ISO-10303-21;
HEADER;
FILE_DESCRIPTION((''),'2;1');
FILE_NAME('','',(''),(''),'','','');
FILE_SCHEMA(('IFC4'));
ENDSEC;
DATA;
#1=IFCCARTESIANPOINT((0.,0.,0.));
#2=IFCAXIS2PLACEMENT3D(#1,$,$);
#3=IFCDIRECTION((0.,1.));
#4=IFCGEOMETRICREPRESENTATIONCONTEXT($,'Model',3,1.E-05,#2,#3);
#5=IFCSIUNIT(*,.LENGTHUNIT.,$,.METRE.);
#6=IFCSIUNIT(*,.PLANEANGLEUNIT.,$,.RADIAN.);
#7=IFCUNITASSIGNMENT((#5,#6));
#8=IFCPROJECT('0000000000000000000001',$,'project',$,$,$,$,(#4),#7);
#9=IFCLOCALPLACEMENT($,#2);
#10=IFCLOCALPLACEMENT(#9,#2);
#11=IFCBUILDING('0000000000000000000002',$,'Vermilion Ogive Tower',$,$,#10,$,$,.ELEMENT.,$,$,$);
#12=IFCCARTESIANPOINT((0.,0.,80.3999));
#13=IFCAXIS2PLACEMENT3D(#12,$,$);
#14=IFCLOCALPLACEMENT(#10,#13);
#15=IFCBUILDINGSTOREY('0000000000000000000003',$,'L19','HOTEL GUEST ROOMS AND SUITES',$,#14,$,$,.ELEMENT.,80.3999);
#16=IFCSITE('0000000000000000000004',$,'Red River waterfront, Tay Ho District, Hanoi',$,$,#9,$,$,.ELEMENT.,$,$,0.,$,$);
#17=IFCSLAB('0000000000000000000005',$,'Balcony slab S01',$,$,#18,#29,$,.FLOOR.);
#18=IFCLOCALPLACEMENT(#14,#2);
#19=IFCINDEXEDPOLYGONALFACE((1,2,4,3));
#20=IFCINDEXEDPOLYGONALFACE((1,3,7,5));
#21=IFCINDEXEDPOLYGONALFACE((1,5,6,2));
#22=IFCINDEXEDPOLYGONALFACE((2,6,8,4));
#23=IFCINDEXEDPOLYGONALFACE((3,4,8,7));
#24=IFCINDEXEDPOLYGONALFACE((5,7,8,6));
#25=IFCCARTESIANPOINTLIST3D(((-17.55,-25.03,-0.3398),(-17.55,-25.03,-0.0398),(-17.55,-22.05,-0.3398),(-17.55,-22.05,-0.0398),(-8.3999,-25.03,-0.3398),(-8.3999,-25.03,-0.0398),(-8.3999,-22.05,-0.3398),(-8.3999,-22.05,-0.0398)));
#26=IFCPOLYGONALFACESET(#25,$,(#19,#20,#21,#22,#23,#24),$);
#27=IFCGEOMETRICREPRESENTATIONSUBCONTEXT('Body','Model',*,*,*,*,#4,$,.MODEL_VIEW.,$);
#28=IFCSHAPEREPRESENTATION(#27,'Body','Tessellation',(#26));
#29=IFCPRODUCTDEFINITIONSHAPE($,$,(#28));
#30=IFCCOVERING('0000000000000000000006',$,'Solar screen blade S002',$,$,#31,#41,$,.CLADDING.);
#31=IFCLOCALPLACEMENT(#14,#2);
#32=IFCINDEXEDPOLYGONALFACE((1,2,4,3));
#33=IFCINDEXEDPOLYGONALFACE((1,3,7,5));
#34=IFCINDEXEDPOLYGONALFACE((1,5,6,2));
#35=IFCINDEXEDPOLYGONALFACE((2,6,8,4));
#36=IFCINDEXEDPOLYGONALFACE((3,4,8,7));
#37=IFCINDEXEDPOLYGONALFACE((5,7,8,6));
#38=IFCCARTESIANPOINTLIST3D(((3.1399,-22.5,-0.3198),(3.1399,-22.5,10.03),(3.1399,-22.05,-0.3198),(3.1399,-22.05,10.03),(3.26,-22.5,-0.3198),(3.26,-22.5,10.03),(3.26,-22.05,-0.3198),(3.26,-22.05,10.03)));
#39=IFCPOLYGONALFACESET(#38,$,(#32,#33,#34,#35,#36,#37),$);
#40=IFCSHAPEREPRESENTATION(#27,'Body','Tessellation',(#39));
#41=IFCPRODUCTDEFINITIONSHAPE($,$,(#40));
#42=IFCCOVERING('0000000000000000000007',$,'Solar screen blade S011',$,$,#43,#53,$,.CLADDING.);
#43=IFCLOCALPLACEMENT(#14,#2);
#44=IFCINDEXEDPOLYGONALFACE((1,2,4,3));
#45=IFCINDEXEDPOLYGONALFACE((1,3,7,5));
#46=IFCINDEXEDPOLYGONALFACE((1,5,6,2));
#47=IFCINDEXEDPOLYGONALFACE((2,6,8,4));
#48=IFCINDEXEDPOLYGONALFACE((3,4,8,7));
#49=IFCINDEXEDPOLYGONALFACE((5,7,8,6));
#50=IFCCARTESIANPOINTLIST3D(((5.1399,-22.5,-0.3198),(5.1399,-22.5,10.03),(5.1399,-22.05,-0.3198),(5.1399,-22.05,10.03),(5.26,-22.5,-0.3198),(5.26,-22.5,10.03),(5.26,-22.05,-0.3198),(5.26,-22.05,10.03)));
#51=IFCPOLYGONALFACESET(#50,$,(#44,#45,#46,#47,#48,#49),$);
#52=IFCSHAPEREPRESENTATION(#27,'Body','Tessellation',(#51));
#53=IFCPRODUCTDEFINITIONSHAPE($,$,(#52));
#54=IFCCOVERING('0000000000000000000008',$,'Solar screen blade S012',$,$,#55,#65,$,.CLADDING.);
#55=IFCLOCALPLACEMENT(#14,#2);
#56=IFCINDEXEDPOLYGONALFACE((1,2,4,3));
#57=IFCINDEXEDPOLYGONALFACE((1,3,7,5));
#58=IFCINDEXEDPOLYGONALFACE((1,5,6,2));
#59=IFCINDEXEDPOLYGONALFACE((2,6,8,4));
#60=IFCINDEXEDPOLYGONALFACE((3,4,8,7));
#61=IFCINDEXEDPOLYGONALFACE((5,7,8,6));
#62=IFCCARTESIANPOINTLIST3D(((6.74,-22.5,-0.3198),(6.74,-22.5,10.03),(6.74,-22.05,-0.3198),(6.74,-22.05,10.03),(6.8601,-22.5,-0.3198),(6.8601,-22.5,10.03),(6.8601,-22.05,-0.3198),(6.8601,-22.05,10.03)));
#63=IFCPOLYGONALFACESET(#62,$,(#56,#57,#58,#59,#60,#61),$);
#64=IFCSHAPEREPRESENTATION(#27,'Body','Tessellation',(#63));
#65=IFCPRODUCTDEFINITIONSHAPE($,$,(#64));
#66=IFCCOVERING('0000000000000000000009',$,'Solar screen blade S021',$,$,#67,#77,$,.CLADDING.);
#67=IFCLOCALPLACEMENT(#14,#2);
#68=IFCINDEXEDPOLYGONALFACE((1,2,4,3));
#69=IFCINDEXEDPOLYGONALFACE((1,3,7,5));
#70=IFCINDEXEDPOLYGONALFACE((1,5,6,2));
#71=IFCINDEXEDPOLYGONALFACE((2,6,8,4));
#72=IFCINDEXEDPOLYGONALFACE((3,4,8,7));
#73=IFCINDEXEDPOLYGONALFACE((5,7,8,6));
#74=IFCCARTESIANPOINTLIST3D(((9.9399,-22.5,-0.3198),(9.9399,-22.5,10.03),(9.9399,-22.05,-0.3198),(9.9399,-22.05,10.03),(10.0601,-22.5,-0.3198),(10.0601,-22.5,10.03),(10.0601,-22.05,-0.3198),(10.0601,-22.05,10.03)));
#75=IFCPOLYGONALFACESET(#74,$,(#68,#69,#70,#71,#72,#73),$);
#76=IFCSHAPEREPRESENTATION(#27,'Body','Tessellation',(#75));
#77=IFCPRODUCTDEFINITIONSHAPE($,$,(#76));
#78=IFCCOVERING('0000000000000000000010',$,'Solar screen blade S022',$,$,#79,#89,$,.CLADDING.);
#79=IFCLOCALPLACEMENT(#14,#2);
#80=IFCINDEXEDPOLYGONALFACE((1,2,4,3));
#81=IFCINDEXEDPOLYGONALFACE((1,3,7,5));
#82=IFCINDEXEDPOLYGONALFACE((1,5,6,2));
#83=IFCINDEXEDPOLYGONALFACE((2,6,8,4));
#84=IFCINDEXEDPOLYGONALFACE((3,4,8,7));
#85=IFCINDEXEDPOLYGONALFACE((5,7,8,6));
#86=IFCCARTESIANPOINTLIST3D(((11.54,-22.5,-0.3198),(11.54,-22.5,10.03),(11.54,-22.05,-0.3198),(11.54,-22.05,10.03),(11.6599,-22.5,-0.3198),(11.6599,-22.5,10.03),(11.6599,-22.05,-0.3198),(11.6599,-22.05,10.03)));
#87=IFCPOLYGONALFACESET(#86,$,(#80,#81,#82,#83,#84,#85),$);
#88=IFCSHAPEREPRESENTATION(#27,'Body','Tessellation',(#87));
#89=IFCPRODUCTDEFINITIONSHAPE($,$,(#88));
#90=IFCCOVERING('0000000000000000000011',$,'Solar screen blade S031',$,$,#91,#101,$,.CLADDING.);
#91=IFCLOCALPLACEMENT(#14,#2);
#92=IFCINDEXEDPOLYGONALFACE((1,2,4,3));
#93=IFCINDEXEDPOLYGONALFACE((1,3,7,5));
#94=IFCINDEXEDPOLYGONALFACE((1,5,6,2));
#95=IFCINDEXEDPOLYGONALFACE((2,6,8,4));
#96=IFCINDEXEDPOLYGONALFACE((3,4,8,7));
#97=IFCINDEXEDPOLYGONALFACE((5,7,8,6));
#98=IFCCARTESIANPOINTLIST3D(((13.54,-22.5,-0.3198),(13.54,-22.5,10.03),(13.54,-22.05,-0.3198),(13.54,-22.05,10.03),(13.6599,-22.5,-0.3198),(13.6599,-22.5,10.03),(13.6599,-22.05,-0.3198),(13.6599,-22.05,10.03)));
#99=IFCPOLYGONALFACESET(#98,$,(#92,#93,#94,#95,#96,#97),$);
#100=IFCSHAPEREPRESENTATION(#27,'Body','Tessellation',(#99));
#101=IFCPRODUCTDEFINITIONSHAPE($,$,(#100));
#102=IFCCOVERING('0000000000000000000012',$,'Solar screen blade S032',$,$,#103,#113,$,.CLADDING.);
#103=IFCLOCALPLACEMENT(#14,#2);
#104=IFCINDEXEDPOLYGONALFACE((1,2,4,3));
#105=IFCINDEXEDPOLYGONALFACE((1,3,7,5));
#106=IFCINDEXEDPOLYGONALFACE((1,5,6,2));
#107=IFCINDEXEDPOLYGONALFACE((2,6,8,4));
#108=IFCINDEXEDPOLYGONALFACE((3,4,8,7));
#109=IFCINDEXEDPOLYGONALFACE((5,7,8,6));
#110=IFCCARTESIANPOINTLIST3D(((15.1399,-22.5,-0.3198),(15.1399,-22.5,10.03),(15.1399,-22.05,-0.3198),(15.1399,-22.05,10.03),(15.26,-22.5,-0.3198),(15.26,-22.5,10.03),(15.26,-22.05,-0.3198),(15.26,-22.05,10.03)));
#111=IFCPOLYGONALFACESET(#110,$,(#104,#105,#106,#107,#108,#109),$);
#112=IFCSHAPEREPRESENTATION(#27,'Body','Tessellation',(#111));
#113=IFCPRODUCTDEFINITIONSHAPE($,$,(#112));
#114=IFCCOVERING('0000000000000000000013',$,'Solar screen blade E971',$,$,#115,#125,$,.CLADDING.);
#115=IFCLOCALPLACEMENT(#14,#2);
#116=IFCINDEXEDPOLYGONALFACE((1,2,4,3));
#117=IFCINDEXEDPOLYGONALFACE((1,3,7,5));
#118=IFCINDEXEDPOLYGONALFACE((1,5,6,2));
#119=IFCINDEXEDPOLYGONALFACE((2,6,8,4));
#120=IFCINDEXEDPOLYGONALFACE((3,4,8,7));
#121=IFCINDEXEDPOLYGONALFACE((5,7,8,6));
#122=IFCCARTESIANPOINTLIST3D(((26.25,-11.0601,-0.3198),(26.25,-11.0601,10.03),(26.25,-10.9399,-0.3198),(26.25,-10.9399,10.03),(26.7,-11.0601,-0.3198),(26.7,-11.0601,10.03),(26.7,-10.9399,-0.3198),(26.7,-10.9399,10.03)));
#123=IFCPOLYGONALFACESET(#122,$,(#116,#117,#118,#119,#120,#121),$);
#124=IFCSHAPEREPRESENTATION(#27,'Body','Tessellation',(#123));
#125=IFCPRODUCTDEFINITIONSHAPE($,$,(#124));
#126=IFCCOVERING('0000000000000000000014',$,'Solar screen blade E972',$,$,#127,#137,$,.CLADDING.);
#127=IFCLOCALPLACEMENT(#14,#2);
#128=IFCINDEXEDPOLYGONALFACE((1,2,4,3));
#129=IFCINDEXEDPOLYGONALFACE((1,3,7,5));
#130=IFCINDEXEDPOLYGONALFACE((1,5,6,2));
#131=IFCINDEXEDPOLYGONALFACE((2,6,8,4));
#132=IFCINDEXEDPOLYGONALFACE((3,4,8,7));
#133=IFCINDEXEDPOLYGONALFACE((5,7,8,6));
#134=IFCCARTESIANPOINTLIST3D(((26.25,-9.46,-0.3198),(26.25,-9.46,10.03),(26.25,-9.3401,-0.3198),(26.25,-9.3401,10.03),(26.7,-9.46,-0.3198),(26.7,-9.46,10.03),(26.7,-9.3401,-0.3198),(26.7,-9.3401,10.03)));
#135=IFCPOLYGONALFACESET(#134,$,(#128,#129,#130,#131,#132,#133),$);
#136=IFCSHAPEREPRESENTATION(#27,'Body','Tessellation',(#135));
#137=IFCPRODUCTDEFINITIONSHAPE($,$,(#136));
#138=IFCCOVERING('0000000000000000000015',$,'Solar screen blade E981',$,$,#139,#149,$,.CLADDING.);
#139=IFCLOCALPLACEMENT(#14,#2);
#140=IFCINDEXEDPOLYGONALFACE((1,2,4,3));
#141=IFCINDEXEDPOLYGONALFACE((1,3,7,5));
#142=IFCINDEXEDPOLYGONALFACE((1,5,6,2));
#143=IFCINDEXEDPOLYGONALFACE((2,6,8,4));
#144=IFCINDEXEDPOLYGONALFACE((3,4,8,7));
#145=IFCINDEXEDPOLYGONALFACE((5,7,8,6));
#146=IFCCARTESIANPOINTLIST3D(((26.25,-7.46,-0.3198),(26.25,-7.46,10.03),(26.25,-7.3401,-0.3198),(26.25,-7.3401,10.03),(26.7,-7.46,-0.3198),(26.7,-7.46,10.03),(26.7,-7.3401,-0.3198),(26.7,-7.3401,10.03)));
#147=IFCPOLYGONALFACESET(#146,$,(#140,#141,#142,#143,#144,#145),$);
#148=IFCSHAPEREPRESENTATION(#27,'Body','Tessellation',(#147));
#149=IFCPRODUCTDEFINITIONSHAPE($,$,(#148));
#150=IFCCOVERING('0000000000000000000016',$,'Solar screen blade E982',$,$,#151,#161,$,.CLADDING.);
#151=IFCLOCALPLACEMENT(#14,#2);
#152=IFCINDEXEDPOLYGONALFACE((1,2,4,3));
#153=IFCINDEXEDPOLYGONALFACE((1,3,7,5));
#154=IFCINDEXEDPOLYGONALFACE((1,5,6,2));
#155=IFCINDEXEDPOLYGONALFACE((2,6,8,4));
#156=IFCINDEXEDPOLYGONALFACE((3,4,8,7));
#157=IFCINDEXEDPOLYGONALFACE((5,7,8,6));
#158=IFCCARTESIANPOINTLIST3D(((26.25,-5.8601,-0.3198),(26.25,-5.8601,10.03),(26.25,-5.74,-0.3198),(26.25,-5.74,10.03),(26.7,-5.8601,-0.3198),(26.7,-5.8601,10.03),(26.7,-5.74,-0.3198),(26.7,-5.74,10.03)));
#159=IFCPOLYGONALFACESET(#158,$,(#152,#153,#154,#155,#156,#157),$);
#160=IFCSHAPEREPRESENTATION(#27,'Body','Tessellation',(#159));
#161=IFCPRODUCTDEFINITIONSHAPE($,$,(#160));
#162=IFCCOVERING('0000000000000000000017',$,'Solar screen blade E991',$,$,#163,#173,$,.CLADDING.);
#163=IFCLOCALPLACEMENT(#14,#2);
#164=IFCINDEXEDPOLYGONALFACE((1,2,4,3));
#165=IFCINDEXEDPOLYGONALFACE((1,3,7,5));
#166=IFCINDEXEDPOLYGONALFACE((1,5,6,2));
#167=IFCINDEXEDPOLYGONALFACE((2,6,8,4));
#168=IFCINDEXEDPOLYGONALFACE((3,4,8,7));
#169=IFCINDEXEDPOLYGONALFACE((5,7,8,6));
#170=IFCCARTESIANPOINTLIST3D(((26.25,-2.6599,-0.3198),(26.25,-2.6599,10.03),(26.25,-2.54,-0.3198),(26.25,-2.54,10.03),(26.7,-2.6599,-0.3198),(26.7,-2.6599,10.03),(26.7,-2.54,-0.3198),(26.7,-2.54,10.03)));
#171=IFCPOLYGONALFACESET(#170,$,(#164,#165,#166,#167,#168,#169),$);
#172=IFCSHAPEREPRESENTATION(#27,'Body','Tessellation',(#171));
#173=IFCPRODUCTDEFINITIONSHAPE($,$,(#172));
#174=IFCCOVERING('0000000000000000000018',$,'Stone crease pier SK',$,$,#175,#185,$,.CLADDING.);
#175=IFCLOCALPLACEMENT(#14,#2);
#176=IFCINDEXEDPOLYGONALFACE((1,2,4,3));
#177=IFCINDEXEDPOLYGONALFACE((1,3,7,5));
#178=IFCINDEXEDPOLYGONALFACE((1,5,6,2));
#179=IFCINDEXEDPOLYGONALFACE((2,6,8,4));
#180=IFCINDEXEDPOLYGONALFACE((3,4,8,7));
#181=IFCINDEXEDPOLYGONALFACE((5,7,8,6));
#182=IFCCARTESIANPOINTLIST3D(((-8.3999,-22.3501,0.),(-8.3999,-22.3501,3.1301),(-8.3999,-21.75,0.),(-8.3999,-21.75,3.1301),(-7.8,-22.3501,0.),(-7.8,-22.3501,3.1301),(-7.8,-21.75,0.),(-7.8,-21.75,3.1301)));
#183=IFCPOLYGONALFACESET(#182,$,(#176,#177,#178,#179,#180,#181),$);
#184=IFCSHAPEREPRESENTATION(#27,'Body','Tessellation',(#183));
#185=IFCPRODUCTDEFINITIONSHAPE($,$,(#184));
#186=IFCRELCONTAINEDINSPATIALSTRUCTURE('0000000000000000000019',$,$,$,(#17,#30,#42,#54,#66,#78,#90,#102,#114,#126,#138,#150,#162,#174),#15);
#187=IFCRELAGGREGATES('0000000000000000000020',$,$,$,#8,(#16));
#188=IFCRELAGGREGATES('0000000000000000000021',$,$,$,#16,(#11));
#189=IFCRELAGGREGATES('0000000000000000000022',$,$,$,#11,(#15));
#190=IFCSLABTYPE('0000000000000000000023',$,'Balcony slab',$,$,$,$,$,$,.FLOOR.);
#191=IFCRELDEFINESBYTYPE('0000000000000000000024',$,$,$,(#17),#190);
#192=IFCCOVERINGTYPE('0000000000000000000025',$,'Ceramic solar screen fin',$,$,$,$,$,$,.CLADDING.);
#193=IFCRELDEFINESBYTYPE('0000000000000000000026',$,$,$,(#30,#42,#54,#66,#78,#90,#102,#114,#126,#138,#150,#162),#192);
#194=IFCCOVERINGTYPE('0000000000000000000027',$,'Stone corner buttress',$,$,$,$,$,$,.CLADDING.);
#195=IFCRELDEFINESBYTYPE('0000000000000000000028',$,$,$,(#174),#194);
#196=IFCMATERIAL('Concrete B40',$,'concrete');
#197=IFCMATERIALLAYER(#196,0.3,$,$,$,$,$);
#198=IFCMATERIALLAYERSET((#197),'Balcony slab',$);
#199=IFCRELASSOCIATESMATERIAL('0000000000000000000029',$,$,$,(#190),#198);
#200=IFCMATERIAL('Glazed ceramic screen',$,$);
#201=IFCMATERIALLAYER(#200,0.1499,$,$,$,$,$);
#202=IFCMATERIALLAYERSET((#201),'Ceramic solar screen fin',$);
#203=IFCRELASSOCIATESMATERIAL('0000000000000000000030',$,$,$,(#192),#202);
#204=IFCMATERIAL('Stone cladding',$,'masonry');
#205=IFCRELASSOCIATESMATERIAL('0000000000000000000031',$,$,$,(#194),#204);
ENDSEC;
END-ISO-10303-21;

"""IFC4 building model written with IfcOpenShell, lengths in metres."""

from ifc_helpers import new_model, si_unit, direction, frame, origin, place, context, subcontext, project, spatial, polyline, outline, extrude, material, layer, layer_set, type_object, element, save


model = new_model("IFC4")

# Units and contexts
model_context = context("Model", 3, precision=1e-05, world=origin(), true_north=direction((0.0, 1.0)))
body_context = subcontext(model_context, "Body", "Model", "MODEL_VIEW")
ifc_project = project(units=[si_unit("LENGTHUNIT", "METRE"), si_unit("PLANEANGLEUNIT", "RADIAN")], contexts=[model_context])

# Site, building, storey
site_placement = place(None, origin())
site = spatial("IfcSite", under=ifc_project, at=site_placement, Name="Red River waterfront, Tay Ho District, Hanoi", CompositionType="ELEMENT", RefElevation=0.0)
building_placement = place(site_placement, origin())
building = spatial("IfcBuilding", under=site, at=building_placement, Name="Vermilion Ogive Tower", CompositionType="ELEMENT")
storey_placement = place(building_placement, frame((0.0, 0.0, 80.3999)))
storey = spatial("IfcBuildingStorey", under=building, at=storey_placement, Name="L19", Description="HOTEL GUEST ROOMS AND SUITES", CompositionType="ELEMENT", Elevation=80.3999)

# Slab
ifc_material_1 = material(Name="Concrete B40", Category="concrete")
ifc_layer_1 = layer(ifc_material_1, 0.3)
ifc_layer_set_1 = layer_set([ifc_layer_1], Name="Balcony slab")
slab_type = type_object("IfcSlabType", Name="Balcony slab", PredefinedType="FLOOR", material=ifc_layer_set_1)
slab_placement = place(storey_placement, frame((0.0, 0.0, -0.3398)))
element("IfcSlab", 1, at=slab_placement, inside=storey, type_object=slab_type, Name="Balcony slab S01", PredefinedType="FLOOR", context=body_context, shape_type="SweptSolid", body=[
    extrude(outline(polyline([(-17.55, -25.03), (-8.3999, -25.03), (-8.3999, -22.05), (-17.55, -22.05), (-17.55, -25.03)])), origin(), (0.0, 0.0, 1.0), 0.3),
])

# Coverings
ifc_material_2 = material(Name="Glazed ceramic screen")
ifc_layer_2 = layer(ifc_material_2, 0.1499)
ifc_layer_set_2 = layer_set([ifc_layer_2], Name="Ceramic solar screen fin")
covering_type_1 = type_object("IfcCoveringType", Name="Ceramic solar screen fin", PredefinedType="CLADDING", material=ifc_layer_set_2)
covering_1_placement = place(storey_placement, frame((0.0, 0.0, -0.3198)))
element("IfcCovering", 2, at=covering_1_placement, inside=storey, type_object=covering_type_1, Name="Solar screen blade S002", PredefinedType="CLADDING", context=body_context, shape_type="SweptSolid", body=[
    extrude(outline(polyline([(3.1399, -22.5), (3.26, -22.5), (3.26, -22.05), (3.1399, -22.05), (3.1399, -22.5)])), origin(), (0.0, 0.0, 1.0), 10.3499),
])
covering_2_placement = place(storey_placement, frame((0.0, 0.0, -0.3198)))
element("IfcCovering", 3, at=covering_2_placement, inside=storey, type_object=covering_type_1, Name="Solar screen blade S011", PredefinedType="CLADDING", context=body_context, shape_type="SweptSolid", body=[
    extrude(outline(polyline([(5.1399, -22.5), (5.26, -22.5), (5.26, -22.05), (5.1399, -22.05), (5.1399, -22.5)])), origin(), (0.0, 0.0, 1.0), 10.3499),
])
covering_3_placement = place(storey_placement, frame((0.0, 0.0, -0.3198)))
element("IfcCovering", 4, at=covering_3_placement, inside=storey, type_object=covering_type_1, Name="Solar screen blade S012", PredefinedType="CLADDING", context=body_context, shape_type="SweptSolid", body=[
    extrude(outline(polyline([(6.74, -22.5), (6.8601, -22.5), (6.8601, -22.05), (6.74, -22.05), (6.74, -22.5)])), origin(), (0.0, 0.0, 1.0), 10.3499),
])
covering_4_placement = place(storey_placement, frame((0.0, 0.0, -0.3198)))
element("IfcCovering", 5, at=covering_4_placement, inside=storey, type_object=covering_type_1, Name="Solar screen blade S021", PredefinedType="CLADDING", context=body_context, shape_type="SweptSolid", body=[
    extrude(outline(polyline([(9.9399, -22.5), (10.0601, -22.5), (10.0601, -22.05), (9.9399, -22.05), (9.9399, -22.5)])), origin(), (0.0, 0.0, 1.0), 10.3499),
])
covering_5_placement = place(storey_placement, frame((0.0, 0.0, -0.3198)))
element("IfcCovering", 6, at=covering_5_placement, inside=storey, type_object=covering_type_1, Name="Solar screen blade S022", PredefinedType="CLADDING", context=body_context, shape_type="SweptSolid", body=[
    extrude(outline(polyline([(11.54, -22.5), (11.6599, -22.5), (11.6599, -22.05), (11.54, -22.05), (11.54, -22.5)])), origin(), (0.0, 0.0, 1.0), 10.3499),
])
covering_6_placement = place(storey_placement, frame((0.0, 0.0, -0.3198)))
element("IfcCovering", 7, at=covering_6_placement, inside=storey, type_object=covering_type_1, Name="Solar screen blade S031", PredefinedType="CLADDING", context=body_context, shape_type="SweptSolid", body=[
    extrude(outline(polyline([(13.54, -22.5), (13.6599, -22.5), (13.6599, -22.05), (13.54, -22.05), (13.54, -22.5)])), origin(), (0.0, 0.0, 1.0), 10.3499),
])
covering_7_placement = place(storey_placement, frame((0.0, 0.0, -0.3198)))
element("IfcCovering", 8, at=covering_7_placement, inside=storey, type_object=covering_type_1, Name="Solar screen blade S032", PredefinedType="CLADDING", context=body_context, shape_type="SweptSolid", body=[
    extrude(outline(polyline([(15.1399, -22.5), (15.26, -22.5), (15.26, -22.05), (15.1399, -22.05), (15.1399, -22.5)])), origin(), (0.0, 0.0, 1.0), 10.3499),
])
covering_8_placement = place(storey_placement, frame((0.0, 0.0, -0.3198)))
element("IfcCovering", 9, at=covering_8_placement, inside=storey, type_object=covering_type_1, Name="Solar screen blade E971", PredefinedType="CLADDING", context=body_context, shape_type="SweptSolid", body=[
    extrude(outline(polyline([(26.7, -11.0601), (26.7, -10.9399), (26.25, -10.9399), (26.25, -11.0601), (26.7, -11.0601)])), origin(), (0.0, 0.0, 1.0), 10.3499),
])
covering_9_placement = place(storey_placement, frame((0.0, 0.0, -0.3198)))
element("IfcCovering", 10, at=covering_9_placement, inside=storey, type_object=covering_type_1, Name="Solar screen blade E972", PredefinedType="CLADDING", context=body_context, shape_type="SweptSolid", body=[
    extrude(outline(polyline([(26.7, -9.46), (26.7, -9.3401), (26.25, -9.3401), (26.25, -9.46), (26.7, -9.46)])), origin(), (0.0, 0.0, 1.0), 10.3499),
])
covering_10_placement = place(storey_placement, frame((0.0, 0.0, -0.3198)))
element("IfcCovering", 11, at=covering_10_placement, inside=storey, type_object=covering_type_1, Name="Solar screen blade E981", PredefinedType="CLADDING", context=body_context, shape_type="SweptSolid", body=[
    extrude(outline(polyline([(26.7, -7.46), (26.7, -7.3401), (26.25, -7.3401), (26.25, -7.46), (26.7, -7.46)])), origin(), (0.0, 0.0, 1.0), 10.3499),
])
covering_11_placement = place(storey_placement, frame((0.0, 0.0, -0.3198)))
element("IfcCovering", 12, at=covering_11_placement, inside=storey, type_object=covering_type_1, Name="Solar screen blade E982", PredefinedType="CLADDING", context=body_context, shape_type="SweptSolid", body=[
    extrude(outline(polyline([(26.7, -5.8601), (26.7, -5.74), (26.25, -5.74), (26.25, -5.8601), (26.7, -5.8601)])), origin(), (0.0, 0.0, 1.0), 10.3499),
])
covering_12_placement = place(storey_placement, frame((0.0, 0.0, -0.3198)))
element("IfcCovering", 13, at=covering_12_placement, inside=storey, type_object=covering_type_1, Name="Solar screen blade E991", PredefinedType="CLADDING", context=body_context, shape_type="SweptSolid", body=[
    extrude(outline(polyline([(26.7, -2.6599), (26.7, -2.54), (26.25, -2.54), (26.25, -2.6599), (26.7, -2.6599)])), origin(), (0.0, 0.0, 1.0), 10.3499),
])
ifc_material_3 = material(Name="Stone cladding", Category="masonry")
covering_type_2 = type_object("IfcCoveringType", Name="Stone corner buttress", PredefinedType="CLADDING", material=ifc_material_3)
covering_13_placement = place(storey_placement, origin())
element("IfcCovering", 14, at=covering_13_placement, inside=storey, type_object=covering_type_2, Name="Stone crease pier SK", PredefinedType="CLADDING", context=body_context, shape_type="SweptSolid", body=[
    extrude(outline(polyline([(-8.3999, -22.3501), (-7.8, -22.3501), (-7.8, -21.75), (-8.3999, -21.75), (-8.3999, -22.3501)])), origin(), (0.0, 0.0, 1.0), 3.1301),
])

save(model, "model.ifc")
